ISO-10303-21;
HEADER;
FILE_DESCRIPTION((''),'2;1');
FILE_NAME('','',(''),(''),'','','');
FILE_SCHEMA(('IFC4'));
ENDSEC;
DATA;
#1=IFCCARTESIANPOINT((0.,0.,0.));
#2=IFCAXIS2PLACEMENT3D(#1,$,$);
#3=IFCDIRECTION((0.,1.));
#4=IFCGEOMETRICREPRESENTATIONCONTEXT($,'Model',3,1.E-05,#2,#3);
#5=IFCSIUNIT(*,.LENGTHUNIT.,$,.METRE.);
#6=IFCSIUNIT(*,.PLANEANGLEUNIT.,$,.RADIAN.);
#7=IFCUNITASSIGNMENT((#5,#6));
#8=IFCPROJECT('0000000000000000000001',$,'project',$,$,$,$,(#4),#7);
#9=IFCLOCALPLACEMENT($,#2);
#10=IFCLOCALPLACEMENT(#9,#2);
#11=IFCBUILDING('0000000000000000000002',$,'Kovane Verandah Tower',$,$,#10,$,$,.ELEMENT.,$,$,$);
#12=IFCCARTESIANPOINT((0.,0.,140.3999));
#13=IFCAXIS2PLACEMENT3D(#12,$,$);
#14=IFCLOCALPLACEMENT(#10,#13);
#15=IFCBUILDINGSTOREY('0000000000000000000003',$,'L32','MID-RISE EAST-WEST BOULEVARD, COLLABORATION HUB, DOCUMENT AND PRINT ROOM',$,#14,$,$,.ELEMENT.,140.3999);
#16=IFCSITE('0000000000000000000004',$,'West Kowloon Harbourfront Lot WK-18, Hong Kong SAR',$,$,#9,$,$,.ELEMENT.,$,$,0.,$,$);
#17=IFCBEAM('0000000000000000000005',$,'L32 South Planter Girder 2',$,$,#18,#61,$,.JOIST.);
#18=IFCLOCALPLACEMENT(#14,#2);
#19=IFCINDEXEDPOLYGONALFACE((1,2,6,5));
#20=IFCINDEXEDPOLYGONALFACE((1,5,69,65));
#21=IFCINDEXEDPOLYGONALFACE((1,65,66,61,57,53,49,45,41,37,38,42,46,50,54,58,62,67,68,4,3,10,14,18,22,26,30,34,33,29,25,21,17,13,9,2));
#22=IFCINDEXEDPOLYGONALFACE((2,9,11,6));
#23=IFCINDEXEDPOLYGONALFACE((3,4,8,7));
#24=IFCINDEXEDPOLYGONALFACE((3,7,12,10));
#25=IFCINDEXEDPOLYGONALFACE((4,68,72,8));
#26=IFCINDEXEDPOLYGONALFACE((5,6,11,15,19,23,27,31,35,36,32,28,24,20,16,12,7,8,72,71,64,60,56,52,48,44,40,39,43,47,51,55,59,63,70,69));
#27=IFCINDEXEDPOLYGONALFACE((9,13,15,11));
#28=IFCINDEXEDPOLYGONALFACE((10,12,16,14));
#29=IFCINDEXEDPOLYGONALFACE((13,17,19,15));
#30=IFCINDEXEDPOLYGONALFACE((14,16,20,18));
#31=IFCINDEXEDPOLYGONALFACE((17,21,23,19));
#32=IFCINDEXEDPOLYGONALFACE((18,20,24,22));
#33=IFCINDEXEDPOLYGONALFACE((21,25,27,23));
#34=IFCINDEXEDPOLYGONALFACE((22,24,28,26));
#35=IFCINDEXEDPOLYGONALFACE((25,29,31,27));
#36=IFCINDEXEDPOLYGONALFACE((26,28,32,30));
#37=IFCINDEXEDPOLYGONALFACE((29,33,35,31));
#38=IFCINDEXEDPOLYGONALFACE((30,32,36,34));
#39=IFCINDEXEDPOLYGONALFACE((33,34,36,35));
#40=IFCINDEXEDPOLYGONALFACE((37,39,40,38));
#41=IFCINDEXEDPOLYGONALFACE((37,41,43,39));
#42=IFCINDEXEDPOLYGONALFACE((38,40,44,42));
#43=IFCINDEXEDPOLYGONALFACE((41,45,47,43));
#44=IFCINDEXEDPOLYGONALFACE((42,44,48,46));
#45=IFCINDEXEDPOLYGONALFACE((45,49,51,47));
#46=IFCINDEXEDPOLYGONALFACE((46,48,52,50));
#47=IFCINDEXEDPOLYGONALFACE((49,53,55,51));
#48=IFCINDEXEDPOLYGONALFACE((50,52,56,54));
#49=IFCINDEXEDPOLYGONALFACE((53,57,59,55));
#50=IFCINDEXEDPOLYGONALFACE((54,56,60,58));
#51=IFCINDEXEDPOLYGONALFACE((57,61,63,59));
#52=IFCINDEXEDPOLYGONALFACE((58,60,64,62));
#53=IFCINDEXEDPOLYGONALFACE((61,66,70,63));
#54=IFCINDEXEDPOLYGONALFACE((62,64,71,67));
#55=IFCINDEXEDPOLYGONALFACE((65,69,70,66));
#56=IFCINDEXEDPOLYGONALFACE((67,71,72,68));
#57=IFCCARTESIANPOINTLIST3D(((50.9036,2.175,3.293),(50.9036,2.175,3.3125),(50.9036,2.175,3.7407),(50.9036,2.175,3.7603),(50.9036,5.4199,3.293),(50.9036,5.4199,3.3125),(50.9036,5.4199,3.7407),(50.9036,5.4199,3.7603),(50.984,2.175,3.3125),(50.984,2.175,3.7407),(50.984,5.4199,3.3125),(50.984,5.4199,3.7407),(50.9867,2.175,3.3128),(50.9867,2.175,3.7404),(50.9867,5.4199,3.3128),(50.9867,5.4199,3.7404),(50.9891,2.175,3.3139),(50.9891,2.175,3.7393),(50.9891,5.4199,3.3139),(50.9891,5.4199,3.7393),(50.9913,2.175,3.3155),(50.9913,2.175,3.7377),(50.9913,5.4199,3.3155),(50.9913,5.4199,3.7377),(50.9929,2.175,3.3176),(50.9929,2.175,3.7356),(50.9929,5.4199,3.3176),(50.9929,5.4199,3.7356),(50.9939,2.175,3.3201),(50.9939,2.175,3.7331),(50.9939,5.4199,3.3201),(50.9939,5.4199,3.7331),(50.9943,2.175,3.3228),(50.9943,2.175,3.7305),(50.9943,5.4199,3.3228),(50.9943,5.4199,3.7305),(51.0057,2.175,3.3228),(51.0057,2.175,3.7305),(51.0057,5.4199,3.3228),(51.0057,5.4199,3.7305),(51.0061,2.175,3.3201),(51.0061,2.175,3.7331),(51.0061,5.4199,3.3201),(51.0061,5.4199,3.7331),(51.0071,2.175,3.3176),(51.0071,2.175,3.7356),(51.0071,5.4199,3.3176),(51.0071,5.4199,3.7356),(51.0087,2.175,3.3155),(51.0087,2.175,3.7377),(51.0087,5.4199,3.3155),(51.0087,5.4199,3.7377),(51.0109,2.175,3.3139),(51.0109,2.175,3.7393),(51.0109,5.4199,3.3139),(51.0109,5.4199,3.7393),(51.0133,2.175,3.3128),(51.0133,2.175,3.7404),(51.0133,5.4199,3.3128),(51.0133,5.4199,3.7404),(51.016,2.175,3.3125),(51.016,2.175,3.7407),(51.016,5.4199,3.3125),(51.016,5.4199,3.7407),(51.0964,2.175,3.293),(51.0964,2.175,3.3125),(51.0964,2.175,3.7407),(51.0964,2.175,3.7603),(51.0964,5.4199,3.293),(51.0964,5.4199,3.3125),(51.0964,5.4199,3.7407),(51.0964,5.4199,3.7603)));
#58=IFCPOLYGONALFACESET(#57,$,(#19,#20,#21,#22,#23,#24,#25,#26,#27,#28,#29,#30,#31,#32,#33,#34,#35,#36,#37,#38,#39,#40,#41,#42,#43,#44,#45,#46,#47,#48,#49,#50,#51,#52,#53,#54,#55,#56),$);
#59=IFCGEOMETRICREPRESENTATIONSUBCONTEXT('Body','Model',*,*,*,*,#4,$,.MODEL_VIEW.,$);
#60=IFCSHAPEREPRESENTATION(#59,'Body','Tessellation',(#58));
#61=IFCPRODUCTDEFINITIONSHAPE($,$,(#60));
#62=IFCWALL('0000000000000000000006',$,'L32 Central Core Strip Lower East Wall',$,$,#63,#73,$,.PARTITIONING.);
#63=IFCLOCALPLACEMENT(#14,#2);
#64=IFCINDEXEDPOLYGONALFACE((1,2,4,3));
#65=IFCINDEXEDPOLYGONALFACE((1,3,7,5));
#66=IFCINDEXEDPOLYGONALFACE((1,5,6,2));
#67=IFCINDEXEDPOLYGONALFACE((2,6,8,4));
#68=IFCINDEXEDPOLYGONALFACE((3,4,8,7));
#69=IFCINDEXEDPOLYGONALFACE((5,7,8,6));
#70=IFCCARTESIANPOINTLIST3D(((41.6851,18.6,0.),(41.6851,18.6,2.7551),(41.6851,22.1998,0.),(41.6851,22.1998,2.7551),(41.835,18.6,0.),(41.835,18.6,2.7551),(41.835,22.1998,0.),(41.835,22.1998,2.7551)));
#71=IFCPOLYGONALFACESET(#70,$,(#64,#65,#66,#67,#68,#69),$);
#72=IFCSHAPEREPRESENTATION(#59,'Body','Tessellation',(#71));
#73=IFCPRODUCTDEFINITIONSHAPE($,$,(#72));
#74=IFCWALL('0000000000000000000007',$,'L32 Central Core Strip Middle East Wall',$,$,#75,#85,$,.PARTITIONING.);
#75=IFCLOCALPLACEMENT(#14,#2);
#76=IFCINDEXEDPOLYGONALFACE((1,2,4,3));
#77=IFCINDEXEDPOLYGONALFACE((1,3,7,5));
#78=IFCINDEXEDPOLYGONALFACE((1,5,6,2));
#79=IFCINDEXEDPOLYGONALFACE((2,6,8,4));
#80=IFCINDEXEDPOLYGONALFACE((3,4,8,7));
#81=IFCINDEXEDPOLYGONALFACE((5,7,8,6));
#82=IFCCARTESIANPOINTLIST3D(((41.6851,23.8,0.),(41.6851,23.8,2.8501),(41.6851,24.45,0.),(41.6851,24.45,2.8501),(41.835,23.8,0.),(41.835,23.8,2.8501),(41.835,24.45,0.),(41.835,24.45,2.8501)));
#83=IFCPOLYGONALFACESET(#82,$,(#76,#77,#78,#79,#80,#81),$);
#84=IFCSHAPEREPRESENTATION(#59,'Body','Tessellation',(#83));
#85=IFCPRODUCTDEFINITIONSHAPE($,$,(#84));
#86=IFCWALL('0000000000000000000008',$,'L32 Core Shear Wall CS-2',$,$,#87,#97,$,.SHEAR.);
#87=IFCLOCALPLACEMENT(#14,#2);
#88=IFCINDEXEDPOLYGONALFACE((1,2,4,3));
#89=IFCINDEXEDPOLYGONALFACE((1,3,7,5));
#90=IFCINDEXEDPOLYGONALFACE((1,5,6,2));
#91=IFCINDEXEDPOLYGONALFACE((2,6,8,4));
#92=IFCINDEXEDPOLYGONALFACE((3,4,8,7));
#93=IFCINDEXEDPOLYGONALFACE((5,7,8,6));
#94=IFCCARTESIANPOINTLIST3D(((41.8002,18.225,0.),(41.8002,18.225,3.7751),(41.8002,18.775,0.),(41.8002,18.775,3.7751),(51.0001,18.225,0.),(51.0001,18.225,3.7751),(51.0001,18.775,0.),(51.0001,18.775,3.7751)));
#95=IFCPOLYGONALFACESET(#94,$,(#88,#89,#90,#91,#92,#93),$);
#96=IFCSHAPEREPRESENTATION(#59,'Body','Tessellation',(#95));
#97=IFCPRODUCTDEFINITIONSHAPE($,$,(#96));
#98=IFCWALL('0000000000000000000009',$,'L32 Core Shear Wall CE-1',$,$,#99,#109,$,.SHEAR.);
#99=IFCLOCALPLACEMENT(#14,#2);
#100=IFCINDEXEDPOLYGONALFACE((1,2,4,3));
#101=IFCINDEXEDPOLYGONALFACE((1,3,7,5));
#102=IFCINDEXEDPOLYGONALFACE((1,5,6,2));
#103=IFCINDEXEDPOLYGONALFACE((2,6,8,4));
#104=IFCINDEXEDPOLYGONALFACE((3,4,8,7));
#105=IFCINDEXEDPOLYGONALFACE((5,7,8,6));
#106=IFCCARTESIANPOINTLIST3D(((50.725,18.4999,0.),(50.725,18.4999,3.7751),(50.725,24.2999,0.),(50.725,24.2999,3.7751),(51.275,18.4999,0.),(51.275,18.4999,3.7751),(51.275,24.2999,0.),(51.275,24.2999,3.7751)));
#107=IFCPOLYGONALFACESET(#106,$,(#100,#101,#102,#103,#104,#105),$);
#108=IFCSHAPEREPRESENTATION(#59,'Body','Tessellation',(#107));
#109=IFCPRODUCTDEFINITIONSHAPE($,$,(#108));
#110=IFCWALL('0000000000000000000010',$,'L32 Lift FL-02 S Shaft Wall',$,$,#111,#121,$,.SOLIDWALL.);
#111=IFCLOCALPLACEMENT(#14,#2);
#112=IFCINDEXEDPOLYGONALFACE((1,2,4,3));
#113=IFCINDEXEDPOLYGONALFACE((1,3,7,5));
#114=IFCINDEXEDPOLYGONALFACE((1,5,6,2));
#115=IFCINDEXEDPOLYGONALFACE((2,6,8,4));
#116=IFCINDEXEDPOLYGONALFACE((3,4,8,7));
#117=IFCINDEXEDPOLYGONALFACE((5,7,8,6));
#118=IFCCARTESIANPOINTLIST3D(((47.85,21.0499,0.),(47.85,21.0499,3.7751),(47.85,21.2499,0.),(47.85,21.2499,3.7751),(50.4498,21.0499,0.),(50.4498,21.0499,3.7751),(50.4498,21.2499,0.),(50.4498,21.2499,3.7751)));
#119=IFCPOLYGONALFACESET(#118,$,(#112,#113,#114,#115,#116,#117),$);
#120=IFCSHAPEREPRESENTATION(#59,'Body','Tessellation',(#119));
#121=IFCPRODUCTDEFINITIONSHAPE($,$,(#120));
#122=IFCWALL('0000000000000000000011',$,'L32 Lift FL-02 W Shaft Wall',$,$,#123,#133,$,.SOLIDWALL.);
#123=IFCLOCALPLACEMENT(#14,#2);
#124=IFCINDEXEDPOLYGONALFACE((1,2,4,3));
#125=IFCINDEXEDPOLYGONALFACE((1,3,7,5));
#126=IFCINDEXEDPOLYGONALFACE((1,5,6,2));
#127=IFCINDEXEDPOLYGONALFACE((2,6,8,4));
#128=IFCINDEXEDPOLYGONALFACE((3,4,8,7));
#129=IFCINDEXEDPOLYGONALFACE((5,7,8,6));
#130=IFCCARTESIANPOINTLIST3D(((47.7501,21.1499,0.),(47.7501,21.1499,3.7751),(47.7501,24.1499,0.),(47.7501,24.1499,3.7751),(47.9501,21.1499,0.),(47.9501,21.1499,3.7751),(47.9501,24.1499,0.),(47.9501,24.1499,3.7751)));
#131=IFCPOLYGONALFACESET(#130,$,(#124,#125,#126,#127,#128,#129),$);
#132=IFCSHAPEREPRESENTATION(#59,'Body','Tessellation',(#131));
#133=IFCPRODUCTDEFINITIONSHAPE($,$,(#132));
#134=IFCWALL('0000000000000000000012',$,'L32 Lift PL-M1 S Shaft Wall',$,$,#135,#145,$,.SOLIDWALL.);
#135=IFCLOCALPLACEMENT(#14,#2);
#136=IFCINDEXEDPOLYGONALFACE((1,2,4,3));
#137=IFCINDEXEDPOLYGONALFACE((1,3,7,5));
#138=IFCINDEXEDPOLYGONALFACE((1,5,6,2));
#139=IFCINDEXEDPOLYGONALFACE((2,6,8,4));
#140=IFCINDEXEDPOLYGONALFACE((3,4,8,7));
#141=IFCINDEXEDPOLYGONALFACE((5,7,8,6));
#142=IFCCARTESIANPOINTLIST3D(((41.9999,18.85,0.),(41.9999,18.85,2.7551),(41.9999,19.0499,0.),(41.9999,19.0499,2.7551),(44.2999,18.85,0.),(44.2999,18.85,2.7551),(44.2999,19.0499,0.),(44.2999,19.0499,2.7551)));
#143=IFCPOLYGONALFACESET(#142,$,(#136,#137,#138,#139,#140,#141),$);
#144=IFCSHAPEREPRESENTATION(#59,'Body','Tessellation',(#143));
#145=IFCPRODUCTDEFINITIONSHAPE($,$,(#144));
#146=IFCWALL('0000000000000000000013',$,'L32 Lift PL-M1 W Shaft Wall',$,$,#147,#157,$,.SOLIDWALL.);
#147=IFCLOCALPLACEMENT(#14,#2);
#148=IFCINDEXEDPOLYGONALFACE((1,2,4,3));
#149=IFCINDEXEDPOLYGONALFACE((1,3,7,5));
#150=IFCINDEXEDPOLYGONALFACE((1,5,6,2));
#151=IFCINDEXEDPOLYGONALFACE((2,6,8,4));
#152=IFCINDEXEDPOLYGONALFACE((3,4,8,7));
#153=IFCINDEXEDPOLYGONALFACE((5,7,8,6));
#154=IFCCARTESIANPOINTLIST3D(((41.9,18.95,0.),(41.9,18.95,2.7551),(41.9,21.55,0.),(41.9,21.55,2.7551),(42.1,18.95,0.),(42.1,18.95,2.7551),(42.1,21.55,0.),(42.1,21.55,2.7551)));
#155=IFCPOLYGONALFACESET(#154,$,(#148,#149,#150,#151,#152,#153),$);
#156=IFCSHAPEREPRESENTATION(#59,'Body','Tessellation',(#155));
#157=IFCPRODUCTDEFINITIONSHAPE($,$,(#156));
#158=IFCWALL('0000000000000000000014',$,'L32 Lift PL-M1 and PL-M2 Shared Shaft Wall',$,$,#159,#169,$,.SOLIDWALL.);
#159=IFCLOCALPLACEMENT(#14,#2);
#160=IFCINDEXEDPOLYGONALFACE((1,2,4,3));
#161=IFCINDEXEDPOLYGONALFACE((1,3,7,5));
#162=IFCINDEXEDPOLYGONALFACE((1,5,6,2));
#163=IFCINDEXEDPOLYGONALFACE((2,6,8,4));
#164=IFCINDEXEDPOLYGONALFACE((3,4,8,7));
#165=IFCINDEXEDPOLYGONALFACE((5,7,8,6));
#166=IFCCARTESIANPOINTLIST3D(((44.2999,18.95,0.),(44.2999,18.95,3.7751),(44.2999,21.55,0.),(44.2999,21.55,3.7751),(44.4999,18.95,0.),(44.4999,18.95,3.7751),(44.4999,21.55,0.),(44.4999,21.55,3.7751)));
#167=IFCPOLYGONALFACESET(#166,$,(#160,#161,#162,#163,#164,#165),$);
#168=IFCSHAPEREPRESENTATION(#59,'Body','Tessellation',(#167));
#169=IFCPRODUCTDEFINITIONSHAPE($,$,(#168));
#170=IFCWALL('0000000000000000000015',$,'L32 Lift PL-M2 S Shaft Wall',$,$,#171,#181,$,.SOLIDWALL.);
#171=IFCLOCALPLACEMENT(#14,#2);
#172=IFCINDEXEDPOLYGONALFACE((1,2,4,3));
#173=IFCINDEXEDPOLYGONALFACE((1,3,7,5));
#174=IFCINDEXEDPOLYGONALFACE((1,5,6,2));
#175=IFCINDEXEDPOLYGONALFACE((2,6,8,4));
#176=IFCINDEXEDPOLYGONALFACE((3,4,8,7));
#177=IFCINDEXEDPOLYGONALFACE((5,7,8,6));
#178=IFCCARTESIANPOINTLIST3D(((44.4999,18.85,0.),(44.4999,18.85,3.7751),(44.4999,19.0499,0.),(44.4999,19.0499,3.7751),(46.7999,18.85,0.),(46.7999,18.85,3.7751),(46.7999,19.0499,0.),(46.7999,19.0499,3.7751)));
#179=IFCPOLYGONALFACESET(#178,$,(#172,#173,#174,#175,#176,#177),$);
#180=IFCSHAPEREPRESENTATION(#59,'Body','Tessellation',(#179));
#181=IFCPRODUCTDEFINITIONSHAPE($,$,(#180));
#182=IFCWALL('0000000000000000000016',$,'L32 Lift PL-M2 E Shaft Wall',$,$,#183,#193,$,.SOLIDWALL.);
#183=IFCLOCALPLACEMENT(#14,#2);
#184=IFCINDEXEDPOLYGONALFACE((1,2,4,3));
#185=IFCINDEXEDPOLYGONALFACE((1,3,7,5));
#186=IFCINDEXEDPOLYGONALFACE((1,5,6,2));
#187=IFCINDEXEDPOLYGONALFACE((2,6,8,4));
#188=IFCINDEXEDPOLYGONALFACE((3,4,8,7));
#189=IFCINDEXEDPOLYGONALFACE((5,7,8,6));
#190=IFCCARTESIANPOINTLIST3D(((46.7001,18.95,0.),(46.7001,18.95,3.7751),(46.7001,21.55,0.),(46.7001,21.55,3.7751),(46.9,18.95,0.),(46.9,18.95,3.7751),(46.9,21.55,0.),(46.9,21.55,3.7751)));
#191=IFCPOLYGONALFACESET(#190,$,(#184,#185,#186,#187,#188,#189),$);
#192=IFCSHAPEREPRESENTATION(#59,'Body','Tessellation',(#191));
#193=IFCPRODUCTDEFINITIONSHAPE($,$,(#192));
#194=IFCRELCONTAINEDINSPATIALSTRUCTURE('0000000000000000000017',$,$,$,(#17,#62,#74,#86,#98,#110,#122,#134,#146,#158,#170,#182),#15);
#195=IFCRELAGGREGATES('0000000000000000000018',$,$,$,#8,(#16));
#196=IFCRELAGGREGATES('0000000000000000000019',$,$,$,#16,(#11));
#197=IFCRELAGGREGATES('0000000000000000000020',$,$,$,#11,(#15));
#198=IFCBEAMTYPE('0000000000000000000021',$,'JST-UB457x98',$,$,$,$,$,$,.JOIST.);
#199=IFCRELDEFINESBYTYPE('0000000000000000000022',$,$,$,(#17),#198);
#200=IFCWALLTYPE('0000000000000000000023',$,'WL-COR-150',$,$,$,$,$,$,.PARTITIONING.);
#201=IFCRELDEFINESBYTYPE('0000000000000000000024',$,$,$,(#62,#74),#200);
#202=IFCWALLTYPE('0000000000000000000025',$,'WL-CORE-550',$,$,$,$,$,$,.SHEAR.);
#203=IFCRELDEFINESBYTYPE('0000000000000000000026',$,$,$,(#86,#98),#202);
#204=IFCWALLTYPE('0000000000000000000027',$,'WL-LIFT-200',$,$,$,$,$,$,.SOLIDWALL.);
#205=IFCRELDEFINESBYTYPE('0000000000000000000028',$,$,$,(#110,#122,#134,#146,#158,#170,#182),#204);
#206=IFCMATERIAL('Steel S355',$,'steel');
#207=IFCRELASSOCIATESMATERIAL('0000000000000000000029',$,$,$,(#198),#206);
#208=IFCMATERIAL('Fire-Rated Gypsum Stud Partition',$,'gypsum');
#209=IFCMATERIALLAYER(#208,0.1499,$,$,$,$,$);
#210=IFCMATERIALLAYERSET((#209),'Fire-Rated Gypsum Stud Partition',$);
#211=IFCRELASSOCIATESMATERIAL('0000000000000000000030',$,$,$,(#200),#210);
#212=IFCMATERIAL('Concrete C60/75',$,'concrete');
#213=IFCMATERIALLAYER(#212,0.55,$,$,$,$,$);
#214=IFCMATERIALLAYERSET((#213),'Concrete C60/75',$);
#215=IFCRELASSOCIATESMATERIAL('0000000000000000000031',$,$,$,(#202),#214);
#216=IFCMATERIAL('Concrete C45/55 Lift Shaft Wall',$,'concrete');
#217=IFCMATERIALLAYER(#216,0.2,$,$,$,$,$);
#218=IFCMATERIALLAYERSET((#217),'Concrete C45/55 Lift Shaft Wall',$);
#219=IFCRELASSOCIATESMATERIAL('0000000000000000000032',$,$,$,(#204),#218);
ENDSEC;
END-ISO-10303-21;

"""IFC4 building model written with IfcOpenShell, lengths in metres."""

from ifc_helpers import new_model, si_unit, direction, frame, frame_2d, origin, origin_2d, place, context, subcontext, project, spatial, rectangle, i_section, extrude, material, layer, layer_set, material_profile, profile_set, type_object, element, save


model = new_model("IFC4")

# Units and contexts
model_context = context("Model", 3, precision=1e-05, world=origin(), true_north=direction((0.0, 1.0)))
body_context = subcontext(model_context, "Body", "Model", "MODEL_VIEW")
ifc_project = project(units=[si_unit("LENGTHUNIT", "METRE"), si_unit("PLANEANGLEUNIT", "RADIAN")], contexts=[model_context])

# Site, building, storey
site_placement = place(None, origin())
site = spatial("IfcSite", under=ifc_project, at=site_placement, Name="West Kowloon Harbourfront Lot WK-18, Hong Kong SAR", CompositionType="ELEMENT", RefElevation=0.0)
building_placement = place(site_placement, origin())
building = spatial("IfcBuilding", under=site, at=building_placement, Name="Kovane Verandah Tower", CompositionType="ELEMENT")
storey_placement = place(building_placement, frame((0.0, 0.0, 140.3999)))
storey = spatial("IfcBuildingStorey", under=building, at=storey_placement, Name="L32", Description="MID-RISE EAST-WEST BOULEVARD, COLLABORATION HUB, DOCUMENT AND PRINT ROOM", CompositionType="ELEMENT", Elevation=140.3999)

# Beam
ifc_material_1 = material(Name="Steel S355", Category="steel")
ifc_material_profile_1 = material_profile(ifc_material_1, i_section(OverallWidth=0.1929, OverallDepth=0.4673, WebThickness=0.0115, FlangeThickness=0.0195, FilletRadius=0.0103, at=origin_2d()), Name="UB457x191x98")
ifc_profile_set_1 = profile_set([ifc_material_profile_1], Name="Steel S355")
beam_type_1 = type_object("IfcBeamType", Name="JST-UB457x98", PredefinedType="JOIST", material=ifc_profile_set_1)
beam_1_placement = place(storey_placement, frame((51.0, 5.4199, 3.5266), z_axis=(0.0, -1.0, 0.0), x_axis=(1.0, 0.0, 0.0)))
element("IfcBeam", 1, at=beam_1_placement, inside=storey, type_object=beam_type_1, Name="L32 South Planter Girder 2", PredefinedType="JOIST", context=body_context, shape_type="SweptSolid", body=[
    extrude(i_section(OverallWidth=0.1929, OverallDepth=0.4673, WebThickness=0.0115, FlangeThickness=0.0195, FilletRadius=0.0103, at=origin_2d()), origin(), (0.0, 0.0, 1.0), 3.2449),
])

# Walls
ifc_material_2 = material(Name="Fire-Rated Gypsum Stud Partition", Category="gypsum")
ifc_layer_1 = layer(ifc_material_2, 0.1499)
ifc_layer_set_1 = layer_set([ifc_layer_1], Name="Fire-Rated Gypsum Stud Partition")
wall_type_1 = type_object("IfcWallType", Name="WL-COR-150", PredefinedType="PARTITIONING", material=ifc_layer_set_1)
wall_1_placement = place(storey_placement, frame((41.76, 18.6001, 0.0), z_axis=(0.0, 0.0, 1.0), x_axis=(0.0, 1.0, 0.0)))
element("IfcWall", 2, at=wall_1_placement, inside=storey, type_object=wall_type_1, Name="L32 Central Core Strip Lower East Wall", PredefinedType="PARTITIONING", context=body_context, shape_type="SweptSolid", body=[
    extrude(rectangle(XDim=3.5999, YDim=0.1499, at=frame_2d((1.7998, 0.0))), origin(), (0.0, 0.0, 1.0), 2.7551),
])
wall_2_placement = place(storey_placement, frame((41.76, 23.8, 0.0), z_axis=(0.0, 0.0, 1.0), x_axis=(0.0, 1.0, 0.0)))
element("IfcWall", 3, at=wall_2_placement, inside=storey, type_object=wall_type_1, Name="L32 Central Core Strip Middle East Wall", PredefinedType="PARTITIONING", context=body_context, shape_type="SweptSolid", body=[
    extrude(rectangle(XDim=0.6499, YDim=0.1499, at=frame_2d((0.325, 0.0))), origin(), (0.0, 0.0, 1.0), 2.8501),
])
ifc_material_3 = material(Name="Concrete C60/75", Category="concrete")
ifc_layer_2 = layer(ifc_material_3, 0.55)
ifc_layer_set_2 = layer_set([ifc_layer_2], Name="Concrete C60/75")
wall_type_2 = type_object("IfcWallType", Name="WL-CORE-550", PredefinedType="SHEAR", material=ifc_layer_set_2)
wall_3_placement = place(storey_placement, frame((41.8, 18.5, 0.0), z_axis=(0.0, 0.0, 1.0), x_axis=(1.0, 0.0, 0.0)))
element("IfcWall", 4, at=wall_3_placement, inside=storey, type_object=wall_type_2, Name="L32 Core Shear Wall CS-2", PredefinedType="SHEAR", context=body_context, shape_type="SweptSolid", body=[
    extrude(rectangle(XDim=9.2, YDim=0.55, at=frame_2d((4.6001, 0.0))), origin(), (0.0, 0.0, 1.0), 3.7751),
])
wall_4_placement = place(storey_placement, frame((51.0, 18.5, 0.0), z_axis=(0.0, 0.0, 1.0), x_axis=(0.0, 1.0, 0.0)))
element("IfcWall", 5, at=wall_4_placement, inside=storey, type_object=wall_type_2, Name="L32 Core Shear Wall CE-1", PredefinedType="SHEAR", context=body_context, shape_type="SweptSolid", body=[
    extrude(rectangle(XDim=5.8, YDim=0.55, at=frame_2d((2.8999, 0.0))), origin(), (0.0, 0.0, 1.0), 3.7751),
])
ifc_material_4 = material(Name="Concrete C45/55 Lift Shaft Wall", Category="concrete")
ifc_layer_3 = layer(ifc_material_4, 0.2)
ifc_layer_set_3 = layer_set([ifc_layer_3], Name="Concrete C45/55 Lift Shaft Wall")
wall_type_3 = type_object("IfcWallType", Name="WL-LIFT-200", PredefinedType="SOLIDWALL", material=ifc_layer_set_3)
wall_5_placement = place(storey_placement, frame((47.8501, 21.1499, 0.0), z_axis=(0.0, 0.0, 1.0), x_axis=(1.0, 0.0, 0.0)))
element("IfcWall", 6, at=wall_5_placement, inside=storey, type_object=wall_type_3, Name="L32 Lift FL-02 S Shaft Wall", PredefinedType="SOLIDWALL", context=body_context, shape_type="SweptSolid", body=[
    extrude(rectangle(XDim=2.5999, YDim=0.2, at=frame_2d((1.2998, 0.0))), origin(), (0.0, 0.0, 1.0), 3.7751),
])
wall_6_placement = place(storey_placement, frame((47.8501, 24.1499, 0.0), z_axis=(0.0, 0.0, 1.0), x_axis=(0.0, -1.0, 0.0)))
element("IfcWall", 7, at=wall_6_placement, inside=storey, type_object=wall_type_3, Name="L32 Lift FL-02 W Shaft Wall", PredefinedType="SOLIDWALL", context=body_context, shape_type="SweptSolid", body=[
    extrude(rectangle(XDim=3.0, YDim=0.2, at=frame_2d((1.5, 0.0))), origin(), (0.0, 0.0, 1.0), 3.7751),
])
wall_7_placement = place(storey_placement, frame((42.0, 18.95, 0.0), z_axis=(0.0, 0.0, 1.0), x_axis=(1.0, 0.0, 0.0)))
element("IfcWall", 8, at=wall_7_placement, inside=storey, type_object=wall_type_3, Name="L32 Lift PL-M1 S Shaft Wall", PredefinedType="SOLIDWALL", context=body_context, shape_type="SweptSolid", body=[
    extrude(rectangle(XDim=2.3, YDim=0.2, at=frame_2d((1.1499, 0.0))), origin(), (0.0, 0.0, 1.0), 2.7551),
])

# Walls
wall_8_placement = place(storey_placement, frame((42.0, 21.55, 0.0), z_axis=(0.0, 0.0, 1.0), x_axis=(0.0, -1.0, 0.0)))
element("IfcWall", 9, at=wall_8_placement, inside=storey, type_object=wall_type_3, Name="L32 Lift PL-M1 W Shaft Wall", PredefinedType="SOLIDWALL", context=body_context, shape_type="SweptSolid", body=[
    extrude(rectangle(XDim=2.6001, YDim=0.2, at=frame_2d((1.3, 0.0))), origin(), (0.0, 0.0, 1.0), 2.7551),
])
wall_9_placement = place(storey_placement, frame((44.3999, 18.95, 0.0), z_axis=(0.0, 0.0, 1.0), x_axis=(0.0, 1.0, 0.0)))
element("IfcWall", 10, at=wall_9_placement, inside=storey, type_object=wall_type_3, Name="L32 Lift PL-M1 and PL-M2 Shared Shaft Wall", PredefinedType="SOLIDWALL", context=body_context, shape_type="SweptSolid", body=[
    extrude(rectangle(XDim=2.6001, YDim=0.2, at=frame_2d((1.3, 0.0))), origin(), (0.0, 0.0, 1.0), 3.7751),
])
wall_10_placement = place(storey_placement, frame((44.5, 18.95, 0.0), z_axis=(0.0, 0.0, 1.0), x_axis=(1.0, 0.0, 0.0)))
element("IfcWall", 11, at=wall_10_placement, inside=storey, type_object=wall_type_3, Name="L32 Lift PL-M2 S Shaft Wall", PredefinedType="SOLIDWALL", context=body_context, shape_type="SweptSolid", body=[
    extrude(rectangle(XDim=2.3, YDim=0.2, at=frame_2d((1.1499, 0.0))), origin(), (0.0, 0.0, 1.0), 3.7751),
])

# Wall
wall_11_placement = place(storey_placement, frame((46.8, 18.95, 0.0), z_axis=(0.0, 0.0, 1.0), x_axis=(0.0, 1.0, 0.0)))
element("IfcWall", 12, at=wall_11_placement, inside=storey, type_object=wall_type_3, Name="L32 Lift PL-M2 E Shaft Wall", PredefinedType="SOLIDWALL", context=body_context, shape_type="SweptSolid", body=[
    extrude(rectangle(XDim=2.6001, YDim=0.2, at=frame_2d((1.3, 0.0))), origin(), (0.0, 0.0, 1.0), 3.7751),
])

save(model, "model.ifc")
